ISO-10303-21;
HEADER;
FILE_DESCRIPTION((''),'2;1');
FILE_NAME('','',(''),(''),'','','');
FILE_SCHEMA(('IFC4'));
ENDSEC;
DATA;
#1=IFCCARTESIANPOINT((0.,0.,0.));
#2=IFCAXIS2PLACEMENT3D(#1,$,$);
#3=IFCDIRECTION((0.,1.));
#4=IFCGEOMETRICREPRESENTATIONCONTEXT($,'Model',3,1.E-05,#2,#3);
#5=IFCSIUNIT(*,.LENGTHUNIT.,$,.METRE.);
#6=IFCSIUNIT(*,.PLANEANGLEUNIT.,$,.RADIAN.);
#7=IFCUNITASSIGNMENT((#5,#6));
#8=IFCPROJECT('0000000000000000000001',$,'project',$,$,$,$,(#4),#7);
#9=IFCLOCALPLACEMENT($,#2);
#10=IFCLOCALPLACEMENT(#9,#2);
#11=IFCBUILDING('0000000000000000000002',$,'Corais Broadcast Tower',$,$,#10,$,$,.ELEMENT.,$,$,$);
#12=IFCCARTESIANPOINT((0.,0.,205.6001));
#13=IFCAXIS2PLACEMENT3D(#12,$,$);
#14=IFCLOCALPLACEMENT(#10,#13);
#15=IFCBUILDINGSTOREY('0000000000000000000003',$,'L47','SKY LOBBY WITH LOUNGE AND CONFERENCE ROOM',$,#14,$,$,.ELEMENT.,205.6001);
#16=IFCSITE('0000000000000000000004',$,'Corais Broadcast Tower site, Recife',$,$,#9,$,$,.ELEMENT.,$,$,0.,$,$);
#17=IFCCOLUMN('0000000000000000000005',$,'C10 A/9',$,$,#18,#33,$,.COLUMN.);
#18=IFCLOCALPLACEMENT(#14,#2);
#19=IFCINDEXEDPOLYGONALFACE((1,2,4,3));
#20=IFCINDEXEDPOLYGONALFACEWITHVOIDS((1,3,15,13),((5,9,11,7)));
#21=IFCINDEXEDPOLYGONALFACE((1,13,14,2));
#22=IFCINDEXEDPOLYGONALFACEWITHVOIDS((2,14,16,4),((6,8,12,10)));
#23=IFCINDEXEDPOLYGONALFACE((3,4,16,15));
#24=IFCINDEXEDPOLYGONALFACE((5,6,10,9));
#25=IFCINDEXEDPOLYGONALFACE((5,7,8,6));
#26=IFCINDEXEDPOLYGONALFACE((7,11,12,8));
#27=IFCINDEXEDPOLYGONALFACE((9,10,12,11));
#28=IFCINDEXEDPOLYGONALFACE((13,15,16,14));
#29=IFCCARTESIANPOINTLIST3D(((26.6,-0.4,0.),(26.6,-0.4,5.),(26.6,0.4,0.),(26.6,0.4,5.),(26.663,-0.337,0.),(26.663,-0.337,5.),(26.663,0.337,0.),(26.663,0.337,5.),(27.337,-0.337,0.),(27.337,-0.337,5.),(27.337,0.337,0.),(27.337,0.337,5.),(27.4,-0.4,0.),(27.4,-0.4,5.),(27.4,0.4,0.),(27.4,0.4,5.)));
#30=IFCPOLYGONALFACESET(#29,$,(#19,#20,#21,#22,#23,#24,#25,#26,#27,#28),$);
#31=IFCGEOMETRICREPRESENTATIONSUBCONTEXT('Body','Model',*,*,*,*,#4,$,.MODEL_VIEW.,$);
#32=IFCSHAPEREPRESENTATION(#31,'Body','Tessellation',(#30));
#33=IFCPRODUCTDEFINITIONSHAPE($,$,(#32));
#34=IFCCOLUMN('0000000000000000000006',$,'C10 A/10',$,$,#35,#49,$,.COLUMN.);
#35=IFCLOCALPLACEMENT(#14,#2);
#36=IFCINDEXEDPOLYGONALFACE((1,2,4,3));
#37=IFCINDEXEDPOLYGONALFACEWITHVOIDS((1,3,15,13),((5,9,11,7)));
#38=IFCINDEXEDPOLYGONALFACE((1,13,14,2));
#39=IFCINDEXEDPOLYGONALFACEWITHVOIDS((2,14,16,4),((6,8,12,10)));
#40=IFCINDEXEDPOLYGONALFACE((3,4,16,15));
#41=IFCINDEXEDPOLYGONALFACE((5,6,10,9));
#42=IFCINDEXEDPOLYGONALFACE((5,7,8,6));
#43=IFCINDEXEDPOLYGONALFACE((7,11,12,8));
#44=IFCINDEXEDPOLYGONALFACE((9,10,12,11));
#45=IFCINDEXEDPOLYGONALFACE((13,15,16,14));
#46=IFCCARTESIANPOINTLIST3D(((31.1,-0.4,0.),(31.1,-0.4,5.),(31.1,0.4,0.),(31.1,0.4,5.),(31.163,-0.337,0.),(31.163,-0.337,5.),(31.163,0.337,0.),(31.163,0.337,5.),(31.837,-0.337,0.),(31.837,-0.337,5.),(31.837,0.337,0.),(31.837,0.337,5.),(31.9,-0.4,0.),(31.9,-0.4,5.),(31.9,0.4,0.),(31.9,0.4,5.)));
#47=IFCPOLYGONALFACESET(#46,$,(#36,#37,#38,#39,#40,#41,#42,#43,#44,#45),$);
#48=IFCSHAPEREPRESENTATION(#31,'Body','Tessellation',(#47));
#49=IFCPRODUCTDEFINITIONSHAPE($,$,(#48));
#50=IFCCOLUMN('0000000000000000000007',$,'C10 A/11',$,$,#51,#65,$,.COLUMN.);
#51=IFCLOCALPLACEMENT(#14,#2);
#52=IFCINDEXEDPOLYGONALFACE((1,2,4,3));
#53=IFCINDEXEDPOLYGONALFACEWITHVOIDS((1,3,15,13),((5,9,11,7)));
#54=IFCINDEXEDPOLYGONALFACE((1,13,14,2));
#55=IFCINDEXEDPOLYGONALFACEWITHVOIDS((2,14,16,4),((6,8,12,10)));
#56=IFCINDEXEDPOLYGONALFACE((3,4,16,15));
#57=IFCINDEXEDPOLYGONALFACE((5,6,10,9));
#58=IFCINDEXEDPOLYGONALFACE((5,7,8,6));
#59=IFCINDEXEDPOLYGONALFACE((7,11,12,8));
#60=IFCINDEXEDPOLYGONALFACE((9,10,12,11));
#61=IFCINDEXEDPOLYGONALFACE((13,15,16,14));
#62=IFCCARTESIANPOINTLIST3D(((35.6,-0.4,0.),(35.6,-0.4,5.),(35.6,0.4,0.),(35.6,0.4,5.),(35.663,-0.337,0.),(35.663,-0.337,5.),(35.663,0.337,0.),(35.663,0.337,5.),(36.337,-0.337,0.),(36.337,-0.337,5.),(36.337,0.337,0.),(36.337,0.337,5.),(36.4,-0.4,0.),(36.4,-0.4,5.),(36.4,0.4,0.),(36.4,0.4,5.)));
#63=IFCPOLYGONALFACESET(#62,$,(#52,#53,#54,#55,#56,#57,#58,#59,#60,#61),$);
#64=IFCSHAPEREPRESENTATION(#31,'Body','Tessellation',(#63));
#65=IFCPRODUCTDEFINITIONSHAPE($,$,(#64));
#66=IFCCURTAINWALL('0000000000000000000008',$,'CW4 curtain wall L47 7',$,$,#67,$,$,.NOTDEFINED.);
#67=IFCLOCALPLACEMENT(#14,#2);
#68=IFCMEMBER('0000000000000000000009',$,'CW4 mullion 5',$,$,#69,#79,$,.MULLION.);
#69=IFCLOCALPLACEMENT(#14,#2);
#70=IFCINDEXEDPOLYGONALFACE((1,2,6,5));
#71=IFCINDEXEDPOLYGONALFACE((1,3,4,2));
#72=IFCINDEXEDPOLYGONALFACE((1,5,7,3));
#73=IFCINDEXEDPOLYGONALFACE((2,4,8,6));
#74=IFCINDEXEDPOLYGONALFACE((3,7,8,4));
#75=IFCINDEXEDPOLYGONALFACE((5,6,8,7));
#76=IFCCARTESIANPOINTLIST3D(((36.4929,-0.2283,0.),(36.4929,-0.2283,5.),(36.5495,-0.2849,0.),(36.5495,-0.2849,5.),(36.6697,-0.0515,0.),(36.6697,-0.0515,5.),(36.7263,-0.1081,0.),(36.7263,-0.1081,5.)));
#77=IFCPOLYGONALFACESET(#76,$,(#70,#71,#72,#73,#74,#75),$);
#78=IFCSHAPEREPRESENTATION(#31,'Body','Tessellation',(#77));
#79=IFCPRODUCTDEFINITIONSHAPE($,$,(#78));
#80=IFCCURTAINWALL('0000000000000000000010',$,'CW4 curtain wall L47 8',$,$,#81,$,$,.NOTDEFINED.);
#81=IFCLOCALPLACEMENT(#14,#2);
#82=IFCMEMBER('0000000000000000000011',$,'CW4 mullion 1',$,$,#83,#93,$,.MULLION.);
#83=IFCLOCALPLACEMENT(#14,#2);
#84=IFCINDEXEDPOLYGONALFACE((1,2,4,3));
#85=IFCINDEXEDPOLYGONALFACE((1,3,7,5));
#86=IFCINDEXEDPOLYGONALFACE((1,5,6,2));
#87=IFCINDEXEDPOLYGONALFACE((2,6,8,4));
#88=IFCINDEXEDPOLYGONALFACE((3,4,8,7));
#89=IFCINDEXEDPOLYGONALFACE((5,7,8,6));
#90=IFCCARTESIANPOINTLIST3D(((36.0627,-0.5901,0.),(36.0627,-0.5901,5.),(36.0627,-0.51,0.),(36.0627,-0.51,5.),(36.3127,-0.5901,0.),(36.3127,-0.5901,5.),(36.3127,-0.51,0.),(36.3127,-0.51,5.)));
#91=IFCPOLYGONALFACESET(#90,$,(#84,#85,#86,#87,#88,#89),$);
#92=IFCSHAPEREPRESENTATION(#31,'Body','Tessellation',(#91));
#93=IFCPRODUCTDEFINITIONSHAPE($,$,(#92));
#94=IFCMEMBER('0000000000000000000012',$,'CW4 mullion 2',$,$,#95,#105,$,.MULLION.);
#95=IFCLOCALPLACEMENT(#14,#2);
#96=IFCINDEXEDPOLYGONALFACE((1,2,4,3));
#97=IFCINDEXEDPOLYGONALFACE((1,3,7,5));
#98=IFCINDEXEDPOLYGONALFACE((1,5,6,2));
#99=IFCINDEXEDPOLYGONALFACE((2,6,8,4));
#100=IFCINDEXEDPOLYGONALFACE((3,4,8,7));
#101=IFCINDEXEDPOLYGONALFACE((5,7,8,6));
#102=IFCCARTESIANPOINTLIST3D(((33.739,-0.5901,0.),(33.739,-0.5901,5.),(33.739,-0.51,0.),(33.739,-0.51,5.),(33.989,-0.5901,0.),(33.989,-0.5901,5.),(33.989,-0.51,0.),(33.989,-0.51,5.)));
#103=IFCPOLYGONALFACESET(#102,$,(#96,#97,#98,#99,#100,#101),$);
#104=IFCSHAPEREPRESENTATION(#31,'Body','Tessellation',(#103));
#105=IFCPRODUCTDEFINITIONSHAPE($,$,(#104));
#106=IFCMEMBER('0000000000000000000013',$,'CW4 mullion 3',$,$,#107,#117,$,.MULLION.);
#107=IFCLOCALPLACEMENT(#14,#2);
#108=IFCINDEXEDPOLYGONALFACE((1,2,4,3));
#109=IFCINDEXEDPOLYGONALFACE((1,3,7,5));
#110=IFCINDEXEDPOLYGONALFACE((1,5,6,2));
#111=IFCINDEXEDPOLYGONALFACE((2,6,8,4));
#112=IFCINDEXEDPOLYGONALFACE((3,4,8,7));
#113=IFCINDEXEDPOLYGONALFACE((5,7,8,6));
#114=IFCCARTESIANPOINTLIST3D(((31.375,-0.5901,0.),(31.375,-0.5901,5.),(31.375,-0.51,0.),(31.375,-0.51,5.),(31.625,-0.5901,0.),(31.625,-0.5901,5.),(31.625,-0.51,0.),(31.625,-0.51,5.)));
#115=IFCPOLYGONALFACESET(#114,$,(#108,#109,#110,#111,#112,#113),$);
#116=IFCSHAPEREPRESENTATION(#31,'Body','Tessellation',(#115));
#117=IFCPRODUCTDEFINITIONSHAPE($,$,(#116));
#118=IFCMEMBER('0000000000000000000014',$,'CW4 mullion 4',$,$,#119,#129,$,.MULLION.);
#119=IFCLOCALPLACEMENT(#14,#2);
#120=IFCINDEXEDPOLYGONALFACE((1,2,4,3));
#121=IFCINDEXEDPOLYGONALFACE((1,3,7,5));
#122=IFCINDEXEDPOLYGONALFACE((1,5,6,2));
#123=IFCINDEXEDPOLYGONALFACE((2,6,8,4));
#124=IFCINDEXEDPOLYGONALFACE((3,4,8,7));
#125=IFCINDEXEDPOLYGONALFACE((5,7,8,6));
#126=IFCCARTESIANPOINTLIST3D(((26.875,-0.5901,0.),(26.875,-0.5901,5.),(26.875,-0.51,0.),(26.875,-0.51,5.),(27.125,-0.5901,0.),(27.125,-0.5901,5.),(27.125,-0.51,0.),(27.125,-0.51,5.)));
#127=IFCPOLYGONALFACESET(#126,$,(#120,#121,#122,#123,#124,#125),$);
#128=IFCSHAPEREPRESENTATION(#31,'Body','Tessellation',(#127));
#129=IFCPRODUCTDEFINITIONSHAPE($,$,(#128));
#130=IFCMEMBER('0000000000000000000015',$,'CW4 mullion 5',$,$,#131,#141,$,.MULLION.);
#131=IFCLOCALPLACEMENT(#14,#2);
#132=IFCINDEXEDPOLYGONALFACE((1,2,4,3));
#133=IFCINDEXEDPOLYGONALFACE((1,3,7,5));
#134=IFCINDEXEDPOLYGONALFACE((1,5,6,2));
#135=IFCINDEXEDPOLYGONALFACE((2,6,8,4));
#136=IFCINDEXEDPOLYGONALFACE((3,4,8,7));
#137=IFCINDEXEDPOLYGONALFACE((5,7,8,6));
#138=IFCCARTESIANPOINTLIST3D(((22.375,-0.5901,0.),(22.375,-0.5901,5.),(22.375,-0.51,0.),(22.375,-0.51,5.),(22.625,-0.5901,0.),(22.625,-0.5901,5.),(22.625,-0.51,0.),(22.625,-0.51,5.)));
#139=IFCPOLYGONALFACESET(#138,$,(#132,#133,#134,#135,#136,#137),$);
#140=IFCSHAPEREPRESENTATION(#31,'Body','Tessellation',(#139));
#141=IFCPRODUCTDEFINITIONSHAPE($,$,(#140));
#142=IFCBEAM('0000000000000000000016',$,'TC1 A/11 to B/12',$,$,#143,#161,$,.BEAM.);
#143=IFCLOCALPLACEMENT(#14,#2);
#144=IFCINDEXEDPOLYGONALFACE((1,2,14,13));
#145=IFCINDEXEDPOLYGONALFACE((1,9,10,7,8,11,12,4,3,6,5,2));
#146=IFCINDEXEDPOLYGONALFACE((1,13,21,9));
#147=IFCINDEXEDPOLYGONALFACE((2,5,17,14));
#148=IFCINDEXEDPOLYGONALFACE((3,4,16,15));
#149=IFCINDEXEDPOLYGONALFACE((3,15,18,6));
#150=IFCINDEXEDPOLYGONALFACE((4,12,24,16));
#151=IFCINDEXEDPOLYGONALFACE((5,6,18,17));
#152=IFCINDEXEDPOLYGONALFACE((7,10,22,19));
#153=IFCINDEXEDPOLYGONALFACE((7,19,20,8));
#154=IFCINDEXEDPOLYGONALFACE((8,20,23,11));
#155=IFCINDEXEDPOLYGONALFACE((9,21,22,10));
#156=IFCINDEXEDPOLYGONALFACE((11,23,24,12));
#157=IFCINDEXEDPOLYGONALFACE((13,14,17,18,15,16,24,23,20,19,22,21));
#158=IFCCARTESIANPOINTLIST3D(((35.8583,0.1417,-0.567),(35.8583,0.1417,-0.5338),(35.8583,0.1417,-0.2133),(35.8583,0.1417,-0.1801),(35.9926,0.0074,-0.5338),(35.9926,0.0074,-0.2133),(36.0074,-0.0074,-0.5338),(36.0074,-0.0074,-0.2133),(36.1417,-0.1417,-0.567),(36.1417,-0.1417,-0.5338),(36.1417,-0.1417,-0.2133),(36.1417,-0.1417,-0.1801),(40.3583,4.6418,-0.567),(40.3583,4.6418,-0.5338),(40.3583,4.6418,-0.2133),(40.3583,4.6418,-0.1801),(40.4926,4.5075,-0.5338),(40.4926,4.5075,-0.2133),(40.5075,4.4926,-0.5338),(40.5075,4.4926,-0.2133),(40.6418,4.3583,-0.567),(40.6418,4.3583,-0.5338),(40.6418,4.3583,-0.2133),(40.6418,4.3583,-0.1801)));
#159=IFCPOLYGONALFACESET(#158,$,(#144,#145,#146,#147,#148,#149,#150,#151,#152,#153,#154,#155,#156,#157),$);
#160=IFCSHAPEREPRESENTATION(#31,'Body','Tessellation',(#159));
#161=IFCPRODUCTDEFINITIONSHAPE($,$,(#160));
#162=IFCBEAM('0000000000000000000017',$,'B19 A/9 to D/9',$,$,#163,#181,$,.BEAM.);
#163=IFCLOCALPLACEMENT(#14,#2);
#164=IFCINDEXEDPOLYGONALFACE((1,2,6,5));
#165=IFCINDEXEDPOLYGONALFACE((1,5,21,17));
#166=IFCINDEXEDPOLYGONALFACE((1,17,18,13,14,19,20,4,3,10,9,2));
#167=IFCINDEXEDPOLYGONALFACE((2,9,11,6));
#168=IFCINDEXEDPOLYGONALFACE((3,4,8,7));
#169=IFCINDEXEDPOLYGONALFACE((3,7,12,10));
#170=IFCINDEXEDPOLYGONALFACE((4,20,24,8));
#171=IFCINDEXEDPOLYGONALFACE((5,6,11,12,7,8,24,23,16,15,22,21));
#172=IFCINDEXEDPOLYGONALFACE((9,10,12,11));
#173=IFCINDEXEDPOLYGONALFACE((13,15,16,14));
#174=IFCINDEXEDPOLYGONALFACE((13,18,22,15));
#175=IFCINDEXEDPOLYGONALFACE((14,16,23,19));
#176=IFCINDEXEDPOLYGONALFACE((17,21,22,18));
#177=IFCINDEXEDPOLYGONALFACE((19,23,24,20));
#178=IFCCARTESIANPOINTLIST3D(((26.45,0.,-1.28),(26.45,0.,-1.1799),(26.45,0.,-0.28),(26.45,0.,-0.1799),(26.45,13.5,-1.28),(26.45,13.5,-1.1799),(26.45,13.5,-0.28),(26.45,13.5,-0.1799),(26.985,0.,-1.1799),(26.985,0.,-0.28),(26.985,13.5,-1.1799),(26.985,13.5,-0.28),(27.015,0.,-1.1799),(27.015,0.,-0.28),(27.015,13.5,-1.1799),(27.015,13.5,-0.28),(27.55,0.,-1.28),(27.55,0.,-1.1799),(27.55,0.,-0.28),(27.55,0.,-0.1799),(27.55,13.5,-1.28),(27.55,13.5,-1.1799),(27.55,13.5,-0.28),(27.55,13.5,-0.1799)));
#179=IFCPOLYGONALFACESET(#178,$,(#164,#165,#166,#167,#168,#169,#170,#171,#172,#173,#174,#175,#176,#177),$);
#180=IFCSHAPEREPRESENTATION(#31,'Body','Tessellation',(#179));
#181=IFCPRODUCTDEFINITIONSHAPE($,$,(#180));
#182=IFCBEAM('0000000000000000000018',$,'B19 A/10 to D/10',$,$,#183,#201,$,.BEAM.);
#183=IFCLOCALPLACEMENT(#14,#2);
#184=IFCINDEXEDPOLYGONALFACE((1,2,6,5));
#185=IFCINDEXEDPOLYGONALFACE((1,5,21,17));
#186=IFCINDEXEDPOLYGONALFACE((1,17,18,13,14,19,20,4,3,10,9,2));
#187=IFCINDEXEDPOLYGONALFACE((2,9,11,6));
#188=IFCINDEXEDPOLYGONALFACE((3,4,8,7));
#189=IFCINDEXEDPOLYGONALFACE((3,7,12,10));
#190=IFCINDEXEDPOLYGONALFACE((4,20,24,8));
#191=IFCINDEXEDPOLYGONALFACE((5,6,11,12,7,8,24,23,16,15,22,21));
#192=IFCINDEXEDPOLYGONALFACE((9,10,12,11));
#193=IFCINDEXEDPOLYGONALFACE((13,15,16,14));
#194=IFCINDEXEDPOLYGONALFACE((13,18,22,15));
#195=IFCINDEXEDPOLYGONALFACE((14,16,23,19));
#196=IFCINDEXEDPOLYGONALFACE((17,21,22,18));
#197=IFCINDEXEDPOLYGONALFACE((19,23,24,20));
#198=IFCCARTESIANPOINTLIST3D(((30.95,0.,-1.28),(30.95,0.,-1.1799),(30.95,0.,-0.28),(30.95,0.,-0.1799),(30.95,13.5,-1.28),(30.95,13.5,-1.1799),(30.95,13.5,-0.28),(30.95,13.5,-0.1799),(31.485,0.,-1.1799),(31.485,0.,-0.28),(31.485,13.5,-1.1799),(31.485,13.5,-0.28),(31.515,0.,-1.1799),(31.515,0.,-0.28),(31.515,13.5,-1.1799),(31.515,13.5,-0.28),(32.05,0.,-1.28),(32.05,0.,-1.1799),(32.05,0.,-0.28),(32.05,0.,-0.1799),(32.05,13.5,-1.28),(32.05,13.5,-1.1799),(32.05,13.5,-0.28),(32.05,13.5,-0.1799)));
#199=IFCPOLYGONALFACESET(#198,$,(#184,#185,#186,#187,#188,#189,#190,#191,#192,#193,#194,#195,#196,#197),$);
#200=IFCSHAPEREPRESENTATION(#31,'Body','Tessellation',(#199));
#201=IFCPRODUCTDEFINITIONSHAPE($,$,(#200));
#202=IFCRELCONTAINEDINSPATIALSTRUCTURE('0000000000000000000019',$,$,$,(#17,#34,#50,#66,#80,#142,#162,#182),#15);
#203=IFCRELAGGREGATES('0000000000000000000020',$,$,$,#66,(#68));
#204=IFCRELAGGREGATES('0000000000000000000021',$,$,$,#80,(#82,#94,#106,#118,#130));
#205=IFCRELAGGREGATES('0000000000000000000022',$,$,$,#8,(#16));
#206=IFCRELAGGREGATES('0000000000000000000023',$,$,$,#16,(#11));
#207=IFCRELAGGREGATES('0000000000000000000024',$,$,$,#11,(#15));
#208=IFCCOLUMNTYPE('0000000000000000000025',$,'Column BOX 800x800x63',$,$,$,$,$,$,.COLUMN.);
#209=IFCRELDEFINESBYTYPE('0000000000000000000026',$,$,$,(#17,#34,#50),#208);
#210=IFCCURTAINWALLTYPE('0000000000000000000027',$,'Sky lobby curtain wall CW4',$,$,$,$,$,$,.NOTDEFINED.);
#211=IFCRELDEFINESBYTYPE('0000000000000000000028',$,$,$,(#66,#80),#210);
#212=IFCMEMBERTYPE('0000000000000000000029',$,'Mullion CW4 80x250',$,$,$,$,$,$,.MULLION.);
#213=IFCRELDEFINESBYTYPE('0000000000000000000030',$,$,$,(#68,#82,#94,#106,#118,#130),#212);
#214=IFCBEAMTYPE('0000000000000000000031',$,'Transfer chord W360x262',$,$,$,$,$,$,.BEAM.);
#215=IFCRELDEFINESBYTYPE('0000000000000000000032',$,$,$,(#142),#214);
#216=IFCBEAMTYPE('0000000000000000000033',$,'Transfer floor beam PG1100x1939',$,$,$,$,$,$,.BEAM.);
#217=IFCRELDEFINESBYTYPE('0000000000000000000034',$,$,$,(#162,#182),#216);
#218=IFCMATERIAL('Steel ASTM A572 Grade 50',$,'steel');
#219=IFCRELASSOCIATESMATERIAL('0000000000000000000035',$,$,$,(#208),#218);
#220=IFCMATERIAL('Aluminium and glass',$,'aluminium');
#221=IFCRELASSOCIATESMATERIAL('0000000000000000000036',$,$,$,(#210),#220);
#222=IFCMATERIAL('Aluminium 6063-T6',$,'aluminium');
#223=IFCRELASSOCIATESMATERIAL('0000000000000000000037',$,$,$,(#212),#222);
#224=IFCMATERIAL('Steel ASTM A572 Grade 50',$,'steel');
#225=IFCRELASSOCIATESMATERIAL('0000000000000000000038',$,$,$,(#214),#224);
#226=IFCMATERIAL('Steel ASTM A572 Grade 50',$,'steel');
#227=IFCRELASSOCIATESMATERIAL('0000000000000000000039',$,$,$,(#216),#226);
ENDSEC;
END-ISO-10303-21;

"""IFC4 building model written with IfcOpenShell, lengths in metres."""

from ifc_helpers import new_model, si_unit, direction, frame, origin, origin_2d, place, context, subcontext, project, spatial, rectangle, hollow_rectangle, i_section, extrude, material, material_profile, profile_set, type_object, element, aggregate, save


model = new_model("IFC4")

# Units and contexts
model_context = context("Model", 3, precision=1e-05, world=origin(), true_north=direction((0.0, 1.0)))
body_context = subcontext(model_context, "Body", "Model", "MODEL_VIEW")
ifc_project = project(units=[si_unit("LENGTHUNIT", "METRE"), si_unit("PLANEANGLEUNIT", "RADIAN")], contexts=[model_context])

# Site, building, storey
site_placement = place(None, origin())
site = spatial("IfcSite", under=ifc_project, at=site_placement, Name="Corais Broadcast Tower site, Recife", CompositionType="ELEMENT", RefElevation=0.0)
building_placement = place(site_placement, origin())
building = spatial("IfcBuilding", under=site, at=building_placement, Name="Corais Broadcast Tower", CompositionType="ELEMENT")
storey_placement = place(building_placement, frame((0.0, 0.0, 205.6001)))
storey = spatial("IfcBuildingStorey", under=building, at=storey_placement, Name="L47", Description="SKY LOBBY WITH LOUNGE AND CONFERENCE ROOM", CompositionType="ELEMENT", Elevation=205.6001)

# Columns
ifc_material_1 = material(Name="Steel ASTM A572 Grade 50", Category="steel")
ifc_material_profile_1 = material_profile(ifc_material_1, hollow_rectangle(XDim=0.8, YDim=0.8, WallThickness=0.063, at=origin_2d()), Name="BOX 800x800x63")
ifc_profile_set_1 = profile_set([ifc_material_profile_1], Name="Steel ASTM A572 Grade 50")
column_type = type_object("IfcColumnType", Name="Column BOX 800x800x63", PredefinedType="COLUMN", material=ifc_profile_set_1)
for number, where, z_axis, x_axis, name in (
    (1, (27.0, 0.0, 0.0), (0.0, 0.0, 1.0), (1.0, 0.0, 0.0), "C10 A/9"),
    (2, (31.5, 0.0, 0.0), (0.0, 0.0, 1.0), (1.0, 0.0, 0.0), "C10 A/10"),
    (3, (36.0, 0.0, 0.0), (0.0, 0.0, 1.0), (1.0, 0.0, 0.0), "C10 A/11"),
):
    element("IfcColumn", number, at=place(storey_placement, frame(where, z_axis=z_axis, x_axis=x_axis)), inside=storey, type_object=column_type, Name=name, PredefinedType="COLUMN", context=body_context, shape_type="SweptSolid", body=[
        extrude(hollow_rectangle(XDim=0.8, YDim=0.8, WallThickness=0.063, at=origin_2d()), origin(), (0.0, 0.0, 1.0), 5.0),
    ])

# Curtain wall, member
ifc_material_2 = material(Name="Aluminium and glass", Category="aluminium")
curtain_wall_type = type_object("IfcCurtainWallType", Name="Sky lobby curtain wall CW4", PredefinedType="NOTDEFINED", material=ifc_material_2)
curtain_wall_1_placement = place(storey_placement, origin())
curtain_wall_1 = element("IfcCurtainWall", 4, at=curtain_wall_1_placement, inside=storey, type_object=curtain_wall_type, Name="CW4 curtain wall L47 7", PredefinedType="NOTDEFINED")
ifc_material_3 = material(Name="Aluminium 6063-T6", Category="aluminium")
ifc_material_profile_2 = material_profile(ifc_material_3, rectangle(XDim=0.0801, YDim=0.25, at=origin_2d()), Name="Mullion CW4 80x250")
ifc_profile_set_2 = profile_set([ifc_material_profile_2], Name="Aluminium 6063-T6")
member_type_1 = type_object("IfcMemberType", Name="Mullion CW4 80x250", PredefinedType="MULLION", material=ifc_profile_set_2)
member_1_placement = place(storey_placement, frame((36.6096, -0.1682, 0.0), z_axis=(0.0, 0.0, 1.0), x_axis=(0.707107, -0.707107, 0.0)))
member_1 = element("IfcMember", 5, at=member_1_placement, type_object=member_type_1, Name="CW4 mullion 5", PredefinedType="MULLION", context=body_context, shape_type="SweptSolid", body=[
    extrude(rectangle(XDim=0.0801, YDim=0.25, at=origin_2d()), origin(), (0.0, 0.0, 1.0), 5.0),
])
aggregate(curtain_wall_1, [member_1])

# Curtain wall, members
curtain_wall_2_placement = place(storey_placement, origin())
curtain_wall_2 = element("IfcCurtainWall", 6, at=curtain_wall_2_placement, inside=storey, type_object=curtain_wall_type, Name="CW4 curtain wall L47 8", PredefinedType="NOTDEFINED")
member_2_placement = place(storey_placement, frame((36.1877, -0.55, 0.0), z_axis=(0.0, 0.0, 1.0), x_axis=(0.0, -1.0, 0.0)))
member_2 = element("IfcMember", 7, at=member_2_placement, type_object=member_type_1, Name="CW4 mullion 1", PredefinedType="MULLION", context=body_context, shape_type="SweptSolid", body=[
    extrude(rectangle(XDim=0.0801, YDim=0.25, at=origin_2d()), origin(), (0.0, 0.0, 1.0), 5.0),
])
member_3_placement = place(storey_placement, frame((33.864, -0.55, 0.0), z_axis=(0.0, 0.0, 1.0), x_axis=(0.0, -1.0, 0.0)))
member_3 = element("IfcMember", 8, at=member_3_placement, type_object=member_type_1, Name="CW4 mullion 2", PredefinedType="MULLION", context=body_context, shape_type="SweptSolid", body=[
    extrude(rectangle(XDim=0.0801, YDim=0.25, at=origin_2d()), origin(), (0.0, 0.0, 1.0), 5.0),
])
member_4_placement = place(storey_placement, frame((31.5, -0.55, 0.0), z_axis=(0.0, 0.0, 1.0), x_axis=(0.0, -1.0, 0.0)))
member_4 = element("IfcMember", 9, at=member_4_placement, type_object=member_type_1, Name="CW4 mullion 3", PredefinedType="MULLION", context=body_context, shape_type="SweptSolid", body=[
    extrude(rectangle(XDim=0.0801, YDim=0.25, at=origin_2d()), origin(), (0.0, 0.0, 1.0), 5.0),
])
member_5_placement = place(storey_placement, frame((27.0, -0.55, 0.0), z_axis=(0.0, 0.0, 1.0), x_axis=(0.0, -1.0, 0.0)))
member_5 = element("IfcMember", 10, at=member_5_placement, type_object=member_type_1, Name="CW4 mullion 4", PredefinedType="MULLION", context=body_context, shape_type="SweptSolid", body=[
    extrude(rectangle(XDim=0.0801, YDim=0.25, at=origin_2d()), origin(), (0.0, 0.0, 1.0), 5.0),
])
member_6_placement = place(storey_placement, frame((22.5, -0.55, 0.0), z_axis=(0.0, 0.0, 1.0), x_axis=(0.0, -1.0, 0.0)))
member_6 = element("IfcMember", 11, at=member_6_placement, type_object=member_type_1, Name="CW4 mullion 5", PredefinedType="MULLION", context=body_context, shape_type="SweptSolid", body=[
    extrude(rectangle(XDim=0.0801, YDim=0.25, at=origin_2d()), origin(), (0.0, 0.0, 1.0), 5.0),
])

# Beams
ifc_material_4 = material(Name="Steel ASTM A572 Grade 50", Category="steel")
ifc_material_profile_3 = material_profile(ifc_material_4, i_section(OverallWidth=0.4009, OverallDepth=0.387, WebThickness=0.021, FlangeThickness=0.0332, at=origin_2d()), Name="W360x262")
ifc_profile_set_3 = profile_set([ifc_material_profile_3], Name="Steel ASTM A572 Grade 50")
beam_type_1 = type_object("IfcBeamType", Name="Transfer chord W360x262", PredefinedType="BEAM", material=ifc_profile_set_3)
beam_1_placement = place(storey_placement, frame((36.0, 0.0, -0.3735), z_axis=(0.707107, 0.707107, 0.0), x_axis=(-0.707107, 0.707107, 0.0)))
element("IfcBeam", 12, at=beam_1_placement, inside=storey, type_object=beam_type_1, Name="TC1 A/11 to B/12", PredefinedType="BEAM", context=body_context, shape_type="SweptSolid", body=[
    extrude(i_section(OverallWidth=0.4009, OverallDepth=0.387, WebThickness=0.021, FlangeThickness=0.0332, at=origin_2d()), origin(), (0.0, 0.0, 1.0), 6.364),
])
ifc_material_5 = material(Name="Steel ASTM A572 Grade 50", Category="steel")
ifc_material_profile_4 = material_profile(ifc_material_5, i_section(OverallWidth=1.1001, OverallDepth=1.1001, WebThickness=0.03, FlangeThickness=0.1001, at=origin_2d()), Name="PG1100x1939")
ifc_profile_set_4 = profile_set([ifc_material_profile_4], Name="Steel ASTM A572 Grade 50")
beam_type_2 = type_object("IfcBeamType", Name="Transfer floor beam PG1100x1939", PredefinedType="BEAM", material=ifc_profile_set_4)
for number, where, z_axis, x_axis, name in (
    (13, (27.0, 0.0, -0.73), (0.0, 1.0, 0.0), (-1.0, 0.0, 0.0), "B19 A/9 to D/9"),
    (14, (31.5, 0.0, -0.73), (0.0, 1.0, 0.0), (-1.0, 0.0, 0.0), "B19 A/10 to D/10"),
):
    element("IfcBeam", number, at=place(storey_placement, frame(where, z_axis=z_axis, x_axis=x_axis)), inside=storey, type_object=beam_type_2, Name=name, PredefinedType="BEAM", context=body_context, shape_type="SweptSolid", body=[
        extrude(i_section(OverallWidth=1.1001, OverallDepth=1.1001, WebThickness=0.03, FlangeThickness=0.1001, at=origin_2d()), origin(), (0.0, 0.0, 1.0), 13.5),
    ])

aggregate(curtain_wall_2, [member_2, member_3, member_4, member_5, member_6])

save(model, "model.ifc")
